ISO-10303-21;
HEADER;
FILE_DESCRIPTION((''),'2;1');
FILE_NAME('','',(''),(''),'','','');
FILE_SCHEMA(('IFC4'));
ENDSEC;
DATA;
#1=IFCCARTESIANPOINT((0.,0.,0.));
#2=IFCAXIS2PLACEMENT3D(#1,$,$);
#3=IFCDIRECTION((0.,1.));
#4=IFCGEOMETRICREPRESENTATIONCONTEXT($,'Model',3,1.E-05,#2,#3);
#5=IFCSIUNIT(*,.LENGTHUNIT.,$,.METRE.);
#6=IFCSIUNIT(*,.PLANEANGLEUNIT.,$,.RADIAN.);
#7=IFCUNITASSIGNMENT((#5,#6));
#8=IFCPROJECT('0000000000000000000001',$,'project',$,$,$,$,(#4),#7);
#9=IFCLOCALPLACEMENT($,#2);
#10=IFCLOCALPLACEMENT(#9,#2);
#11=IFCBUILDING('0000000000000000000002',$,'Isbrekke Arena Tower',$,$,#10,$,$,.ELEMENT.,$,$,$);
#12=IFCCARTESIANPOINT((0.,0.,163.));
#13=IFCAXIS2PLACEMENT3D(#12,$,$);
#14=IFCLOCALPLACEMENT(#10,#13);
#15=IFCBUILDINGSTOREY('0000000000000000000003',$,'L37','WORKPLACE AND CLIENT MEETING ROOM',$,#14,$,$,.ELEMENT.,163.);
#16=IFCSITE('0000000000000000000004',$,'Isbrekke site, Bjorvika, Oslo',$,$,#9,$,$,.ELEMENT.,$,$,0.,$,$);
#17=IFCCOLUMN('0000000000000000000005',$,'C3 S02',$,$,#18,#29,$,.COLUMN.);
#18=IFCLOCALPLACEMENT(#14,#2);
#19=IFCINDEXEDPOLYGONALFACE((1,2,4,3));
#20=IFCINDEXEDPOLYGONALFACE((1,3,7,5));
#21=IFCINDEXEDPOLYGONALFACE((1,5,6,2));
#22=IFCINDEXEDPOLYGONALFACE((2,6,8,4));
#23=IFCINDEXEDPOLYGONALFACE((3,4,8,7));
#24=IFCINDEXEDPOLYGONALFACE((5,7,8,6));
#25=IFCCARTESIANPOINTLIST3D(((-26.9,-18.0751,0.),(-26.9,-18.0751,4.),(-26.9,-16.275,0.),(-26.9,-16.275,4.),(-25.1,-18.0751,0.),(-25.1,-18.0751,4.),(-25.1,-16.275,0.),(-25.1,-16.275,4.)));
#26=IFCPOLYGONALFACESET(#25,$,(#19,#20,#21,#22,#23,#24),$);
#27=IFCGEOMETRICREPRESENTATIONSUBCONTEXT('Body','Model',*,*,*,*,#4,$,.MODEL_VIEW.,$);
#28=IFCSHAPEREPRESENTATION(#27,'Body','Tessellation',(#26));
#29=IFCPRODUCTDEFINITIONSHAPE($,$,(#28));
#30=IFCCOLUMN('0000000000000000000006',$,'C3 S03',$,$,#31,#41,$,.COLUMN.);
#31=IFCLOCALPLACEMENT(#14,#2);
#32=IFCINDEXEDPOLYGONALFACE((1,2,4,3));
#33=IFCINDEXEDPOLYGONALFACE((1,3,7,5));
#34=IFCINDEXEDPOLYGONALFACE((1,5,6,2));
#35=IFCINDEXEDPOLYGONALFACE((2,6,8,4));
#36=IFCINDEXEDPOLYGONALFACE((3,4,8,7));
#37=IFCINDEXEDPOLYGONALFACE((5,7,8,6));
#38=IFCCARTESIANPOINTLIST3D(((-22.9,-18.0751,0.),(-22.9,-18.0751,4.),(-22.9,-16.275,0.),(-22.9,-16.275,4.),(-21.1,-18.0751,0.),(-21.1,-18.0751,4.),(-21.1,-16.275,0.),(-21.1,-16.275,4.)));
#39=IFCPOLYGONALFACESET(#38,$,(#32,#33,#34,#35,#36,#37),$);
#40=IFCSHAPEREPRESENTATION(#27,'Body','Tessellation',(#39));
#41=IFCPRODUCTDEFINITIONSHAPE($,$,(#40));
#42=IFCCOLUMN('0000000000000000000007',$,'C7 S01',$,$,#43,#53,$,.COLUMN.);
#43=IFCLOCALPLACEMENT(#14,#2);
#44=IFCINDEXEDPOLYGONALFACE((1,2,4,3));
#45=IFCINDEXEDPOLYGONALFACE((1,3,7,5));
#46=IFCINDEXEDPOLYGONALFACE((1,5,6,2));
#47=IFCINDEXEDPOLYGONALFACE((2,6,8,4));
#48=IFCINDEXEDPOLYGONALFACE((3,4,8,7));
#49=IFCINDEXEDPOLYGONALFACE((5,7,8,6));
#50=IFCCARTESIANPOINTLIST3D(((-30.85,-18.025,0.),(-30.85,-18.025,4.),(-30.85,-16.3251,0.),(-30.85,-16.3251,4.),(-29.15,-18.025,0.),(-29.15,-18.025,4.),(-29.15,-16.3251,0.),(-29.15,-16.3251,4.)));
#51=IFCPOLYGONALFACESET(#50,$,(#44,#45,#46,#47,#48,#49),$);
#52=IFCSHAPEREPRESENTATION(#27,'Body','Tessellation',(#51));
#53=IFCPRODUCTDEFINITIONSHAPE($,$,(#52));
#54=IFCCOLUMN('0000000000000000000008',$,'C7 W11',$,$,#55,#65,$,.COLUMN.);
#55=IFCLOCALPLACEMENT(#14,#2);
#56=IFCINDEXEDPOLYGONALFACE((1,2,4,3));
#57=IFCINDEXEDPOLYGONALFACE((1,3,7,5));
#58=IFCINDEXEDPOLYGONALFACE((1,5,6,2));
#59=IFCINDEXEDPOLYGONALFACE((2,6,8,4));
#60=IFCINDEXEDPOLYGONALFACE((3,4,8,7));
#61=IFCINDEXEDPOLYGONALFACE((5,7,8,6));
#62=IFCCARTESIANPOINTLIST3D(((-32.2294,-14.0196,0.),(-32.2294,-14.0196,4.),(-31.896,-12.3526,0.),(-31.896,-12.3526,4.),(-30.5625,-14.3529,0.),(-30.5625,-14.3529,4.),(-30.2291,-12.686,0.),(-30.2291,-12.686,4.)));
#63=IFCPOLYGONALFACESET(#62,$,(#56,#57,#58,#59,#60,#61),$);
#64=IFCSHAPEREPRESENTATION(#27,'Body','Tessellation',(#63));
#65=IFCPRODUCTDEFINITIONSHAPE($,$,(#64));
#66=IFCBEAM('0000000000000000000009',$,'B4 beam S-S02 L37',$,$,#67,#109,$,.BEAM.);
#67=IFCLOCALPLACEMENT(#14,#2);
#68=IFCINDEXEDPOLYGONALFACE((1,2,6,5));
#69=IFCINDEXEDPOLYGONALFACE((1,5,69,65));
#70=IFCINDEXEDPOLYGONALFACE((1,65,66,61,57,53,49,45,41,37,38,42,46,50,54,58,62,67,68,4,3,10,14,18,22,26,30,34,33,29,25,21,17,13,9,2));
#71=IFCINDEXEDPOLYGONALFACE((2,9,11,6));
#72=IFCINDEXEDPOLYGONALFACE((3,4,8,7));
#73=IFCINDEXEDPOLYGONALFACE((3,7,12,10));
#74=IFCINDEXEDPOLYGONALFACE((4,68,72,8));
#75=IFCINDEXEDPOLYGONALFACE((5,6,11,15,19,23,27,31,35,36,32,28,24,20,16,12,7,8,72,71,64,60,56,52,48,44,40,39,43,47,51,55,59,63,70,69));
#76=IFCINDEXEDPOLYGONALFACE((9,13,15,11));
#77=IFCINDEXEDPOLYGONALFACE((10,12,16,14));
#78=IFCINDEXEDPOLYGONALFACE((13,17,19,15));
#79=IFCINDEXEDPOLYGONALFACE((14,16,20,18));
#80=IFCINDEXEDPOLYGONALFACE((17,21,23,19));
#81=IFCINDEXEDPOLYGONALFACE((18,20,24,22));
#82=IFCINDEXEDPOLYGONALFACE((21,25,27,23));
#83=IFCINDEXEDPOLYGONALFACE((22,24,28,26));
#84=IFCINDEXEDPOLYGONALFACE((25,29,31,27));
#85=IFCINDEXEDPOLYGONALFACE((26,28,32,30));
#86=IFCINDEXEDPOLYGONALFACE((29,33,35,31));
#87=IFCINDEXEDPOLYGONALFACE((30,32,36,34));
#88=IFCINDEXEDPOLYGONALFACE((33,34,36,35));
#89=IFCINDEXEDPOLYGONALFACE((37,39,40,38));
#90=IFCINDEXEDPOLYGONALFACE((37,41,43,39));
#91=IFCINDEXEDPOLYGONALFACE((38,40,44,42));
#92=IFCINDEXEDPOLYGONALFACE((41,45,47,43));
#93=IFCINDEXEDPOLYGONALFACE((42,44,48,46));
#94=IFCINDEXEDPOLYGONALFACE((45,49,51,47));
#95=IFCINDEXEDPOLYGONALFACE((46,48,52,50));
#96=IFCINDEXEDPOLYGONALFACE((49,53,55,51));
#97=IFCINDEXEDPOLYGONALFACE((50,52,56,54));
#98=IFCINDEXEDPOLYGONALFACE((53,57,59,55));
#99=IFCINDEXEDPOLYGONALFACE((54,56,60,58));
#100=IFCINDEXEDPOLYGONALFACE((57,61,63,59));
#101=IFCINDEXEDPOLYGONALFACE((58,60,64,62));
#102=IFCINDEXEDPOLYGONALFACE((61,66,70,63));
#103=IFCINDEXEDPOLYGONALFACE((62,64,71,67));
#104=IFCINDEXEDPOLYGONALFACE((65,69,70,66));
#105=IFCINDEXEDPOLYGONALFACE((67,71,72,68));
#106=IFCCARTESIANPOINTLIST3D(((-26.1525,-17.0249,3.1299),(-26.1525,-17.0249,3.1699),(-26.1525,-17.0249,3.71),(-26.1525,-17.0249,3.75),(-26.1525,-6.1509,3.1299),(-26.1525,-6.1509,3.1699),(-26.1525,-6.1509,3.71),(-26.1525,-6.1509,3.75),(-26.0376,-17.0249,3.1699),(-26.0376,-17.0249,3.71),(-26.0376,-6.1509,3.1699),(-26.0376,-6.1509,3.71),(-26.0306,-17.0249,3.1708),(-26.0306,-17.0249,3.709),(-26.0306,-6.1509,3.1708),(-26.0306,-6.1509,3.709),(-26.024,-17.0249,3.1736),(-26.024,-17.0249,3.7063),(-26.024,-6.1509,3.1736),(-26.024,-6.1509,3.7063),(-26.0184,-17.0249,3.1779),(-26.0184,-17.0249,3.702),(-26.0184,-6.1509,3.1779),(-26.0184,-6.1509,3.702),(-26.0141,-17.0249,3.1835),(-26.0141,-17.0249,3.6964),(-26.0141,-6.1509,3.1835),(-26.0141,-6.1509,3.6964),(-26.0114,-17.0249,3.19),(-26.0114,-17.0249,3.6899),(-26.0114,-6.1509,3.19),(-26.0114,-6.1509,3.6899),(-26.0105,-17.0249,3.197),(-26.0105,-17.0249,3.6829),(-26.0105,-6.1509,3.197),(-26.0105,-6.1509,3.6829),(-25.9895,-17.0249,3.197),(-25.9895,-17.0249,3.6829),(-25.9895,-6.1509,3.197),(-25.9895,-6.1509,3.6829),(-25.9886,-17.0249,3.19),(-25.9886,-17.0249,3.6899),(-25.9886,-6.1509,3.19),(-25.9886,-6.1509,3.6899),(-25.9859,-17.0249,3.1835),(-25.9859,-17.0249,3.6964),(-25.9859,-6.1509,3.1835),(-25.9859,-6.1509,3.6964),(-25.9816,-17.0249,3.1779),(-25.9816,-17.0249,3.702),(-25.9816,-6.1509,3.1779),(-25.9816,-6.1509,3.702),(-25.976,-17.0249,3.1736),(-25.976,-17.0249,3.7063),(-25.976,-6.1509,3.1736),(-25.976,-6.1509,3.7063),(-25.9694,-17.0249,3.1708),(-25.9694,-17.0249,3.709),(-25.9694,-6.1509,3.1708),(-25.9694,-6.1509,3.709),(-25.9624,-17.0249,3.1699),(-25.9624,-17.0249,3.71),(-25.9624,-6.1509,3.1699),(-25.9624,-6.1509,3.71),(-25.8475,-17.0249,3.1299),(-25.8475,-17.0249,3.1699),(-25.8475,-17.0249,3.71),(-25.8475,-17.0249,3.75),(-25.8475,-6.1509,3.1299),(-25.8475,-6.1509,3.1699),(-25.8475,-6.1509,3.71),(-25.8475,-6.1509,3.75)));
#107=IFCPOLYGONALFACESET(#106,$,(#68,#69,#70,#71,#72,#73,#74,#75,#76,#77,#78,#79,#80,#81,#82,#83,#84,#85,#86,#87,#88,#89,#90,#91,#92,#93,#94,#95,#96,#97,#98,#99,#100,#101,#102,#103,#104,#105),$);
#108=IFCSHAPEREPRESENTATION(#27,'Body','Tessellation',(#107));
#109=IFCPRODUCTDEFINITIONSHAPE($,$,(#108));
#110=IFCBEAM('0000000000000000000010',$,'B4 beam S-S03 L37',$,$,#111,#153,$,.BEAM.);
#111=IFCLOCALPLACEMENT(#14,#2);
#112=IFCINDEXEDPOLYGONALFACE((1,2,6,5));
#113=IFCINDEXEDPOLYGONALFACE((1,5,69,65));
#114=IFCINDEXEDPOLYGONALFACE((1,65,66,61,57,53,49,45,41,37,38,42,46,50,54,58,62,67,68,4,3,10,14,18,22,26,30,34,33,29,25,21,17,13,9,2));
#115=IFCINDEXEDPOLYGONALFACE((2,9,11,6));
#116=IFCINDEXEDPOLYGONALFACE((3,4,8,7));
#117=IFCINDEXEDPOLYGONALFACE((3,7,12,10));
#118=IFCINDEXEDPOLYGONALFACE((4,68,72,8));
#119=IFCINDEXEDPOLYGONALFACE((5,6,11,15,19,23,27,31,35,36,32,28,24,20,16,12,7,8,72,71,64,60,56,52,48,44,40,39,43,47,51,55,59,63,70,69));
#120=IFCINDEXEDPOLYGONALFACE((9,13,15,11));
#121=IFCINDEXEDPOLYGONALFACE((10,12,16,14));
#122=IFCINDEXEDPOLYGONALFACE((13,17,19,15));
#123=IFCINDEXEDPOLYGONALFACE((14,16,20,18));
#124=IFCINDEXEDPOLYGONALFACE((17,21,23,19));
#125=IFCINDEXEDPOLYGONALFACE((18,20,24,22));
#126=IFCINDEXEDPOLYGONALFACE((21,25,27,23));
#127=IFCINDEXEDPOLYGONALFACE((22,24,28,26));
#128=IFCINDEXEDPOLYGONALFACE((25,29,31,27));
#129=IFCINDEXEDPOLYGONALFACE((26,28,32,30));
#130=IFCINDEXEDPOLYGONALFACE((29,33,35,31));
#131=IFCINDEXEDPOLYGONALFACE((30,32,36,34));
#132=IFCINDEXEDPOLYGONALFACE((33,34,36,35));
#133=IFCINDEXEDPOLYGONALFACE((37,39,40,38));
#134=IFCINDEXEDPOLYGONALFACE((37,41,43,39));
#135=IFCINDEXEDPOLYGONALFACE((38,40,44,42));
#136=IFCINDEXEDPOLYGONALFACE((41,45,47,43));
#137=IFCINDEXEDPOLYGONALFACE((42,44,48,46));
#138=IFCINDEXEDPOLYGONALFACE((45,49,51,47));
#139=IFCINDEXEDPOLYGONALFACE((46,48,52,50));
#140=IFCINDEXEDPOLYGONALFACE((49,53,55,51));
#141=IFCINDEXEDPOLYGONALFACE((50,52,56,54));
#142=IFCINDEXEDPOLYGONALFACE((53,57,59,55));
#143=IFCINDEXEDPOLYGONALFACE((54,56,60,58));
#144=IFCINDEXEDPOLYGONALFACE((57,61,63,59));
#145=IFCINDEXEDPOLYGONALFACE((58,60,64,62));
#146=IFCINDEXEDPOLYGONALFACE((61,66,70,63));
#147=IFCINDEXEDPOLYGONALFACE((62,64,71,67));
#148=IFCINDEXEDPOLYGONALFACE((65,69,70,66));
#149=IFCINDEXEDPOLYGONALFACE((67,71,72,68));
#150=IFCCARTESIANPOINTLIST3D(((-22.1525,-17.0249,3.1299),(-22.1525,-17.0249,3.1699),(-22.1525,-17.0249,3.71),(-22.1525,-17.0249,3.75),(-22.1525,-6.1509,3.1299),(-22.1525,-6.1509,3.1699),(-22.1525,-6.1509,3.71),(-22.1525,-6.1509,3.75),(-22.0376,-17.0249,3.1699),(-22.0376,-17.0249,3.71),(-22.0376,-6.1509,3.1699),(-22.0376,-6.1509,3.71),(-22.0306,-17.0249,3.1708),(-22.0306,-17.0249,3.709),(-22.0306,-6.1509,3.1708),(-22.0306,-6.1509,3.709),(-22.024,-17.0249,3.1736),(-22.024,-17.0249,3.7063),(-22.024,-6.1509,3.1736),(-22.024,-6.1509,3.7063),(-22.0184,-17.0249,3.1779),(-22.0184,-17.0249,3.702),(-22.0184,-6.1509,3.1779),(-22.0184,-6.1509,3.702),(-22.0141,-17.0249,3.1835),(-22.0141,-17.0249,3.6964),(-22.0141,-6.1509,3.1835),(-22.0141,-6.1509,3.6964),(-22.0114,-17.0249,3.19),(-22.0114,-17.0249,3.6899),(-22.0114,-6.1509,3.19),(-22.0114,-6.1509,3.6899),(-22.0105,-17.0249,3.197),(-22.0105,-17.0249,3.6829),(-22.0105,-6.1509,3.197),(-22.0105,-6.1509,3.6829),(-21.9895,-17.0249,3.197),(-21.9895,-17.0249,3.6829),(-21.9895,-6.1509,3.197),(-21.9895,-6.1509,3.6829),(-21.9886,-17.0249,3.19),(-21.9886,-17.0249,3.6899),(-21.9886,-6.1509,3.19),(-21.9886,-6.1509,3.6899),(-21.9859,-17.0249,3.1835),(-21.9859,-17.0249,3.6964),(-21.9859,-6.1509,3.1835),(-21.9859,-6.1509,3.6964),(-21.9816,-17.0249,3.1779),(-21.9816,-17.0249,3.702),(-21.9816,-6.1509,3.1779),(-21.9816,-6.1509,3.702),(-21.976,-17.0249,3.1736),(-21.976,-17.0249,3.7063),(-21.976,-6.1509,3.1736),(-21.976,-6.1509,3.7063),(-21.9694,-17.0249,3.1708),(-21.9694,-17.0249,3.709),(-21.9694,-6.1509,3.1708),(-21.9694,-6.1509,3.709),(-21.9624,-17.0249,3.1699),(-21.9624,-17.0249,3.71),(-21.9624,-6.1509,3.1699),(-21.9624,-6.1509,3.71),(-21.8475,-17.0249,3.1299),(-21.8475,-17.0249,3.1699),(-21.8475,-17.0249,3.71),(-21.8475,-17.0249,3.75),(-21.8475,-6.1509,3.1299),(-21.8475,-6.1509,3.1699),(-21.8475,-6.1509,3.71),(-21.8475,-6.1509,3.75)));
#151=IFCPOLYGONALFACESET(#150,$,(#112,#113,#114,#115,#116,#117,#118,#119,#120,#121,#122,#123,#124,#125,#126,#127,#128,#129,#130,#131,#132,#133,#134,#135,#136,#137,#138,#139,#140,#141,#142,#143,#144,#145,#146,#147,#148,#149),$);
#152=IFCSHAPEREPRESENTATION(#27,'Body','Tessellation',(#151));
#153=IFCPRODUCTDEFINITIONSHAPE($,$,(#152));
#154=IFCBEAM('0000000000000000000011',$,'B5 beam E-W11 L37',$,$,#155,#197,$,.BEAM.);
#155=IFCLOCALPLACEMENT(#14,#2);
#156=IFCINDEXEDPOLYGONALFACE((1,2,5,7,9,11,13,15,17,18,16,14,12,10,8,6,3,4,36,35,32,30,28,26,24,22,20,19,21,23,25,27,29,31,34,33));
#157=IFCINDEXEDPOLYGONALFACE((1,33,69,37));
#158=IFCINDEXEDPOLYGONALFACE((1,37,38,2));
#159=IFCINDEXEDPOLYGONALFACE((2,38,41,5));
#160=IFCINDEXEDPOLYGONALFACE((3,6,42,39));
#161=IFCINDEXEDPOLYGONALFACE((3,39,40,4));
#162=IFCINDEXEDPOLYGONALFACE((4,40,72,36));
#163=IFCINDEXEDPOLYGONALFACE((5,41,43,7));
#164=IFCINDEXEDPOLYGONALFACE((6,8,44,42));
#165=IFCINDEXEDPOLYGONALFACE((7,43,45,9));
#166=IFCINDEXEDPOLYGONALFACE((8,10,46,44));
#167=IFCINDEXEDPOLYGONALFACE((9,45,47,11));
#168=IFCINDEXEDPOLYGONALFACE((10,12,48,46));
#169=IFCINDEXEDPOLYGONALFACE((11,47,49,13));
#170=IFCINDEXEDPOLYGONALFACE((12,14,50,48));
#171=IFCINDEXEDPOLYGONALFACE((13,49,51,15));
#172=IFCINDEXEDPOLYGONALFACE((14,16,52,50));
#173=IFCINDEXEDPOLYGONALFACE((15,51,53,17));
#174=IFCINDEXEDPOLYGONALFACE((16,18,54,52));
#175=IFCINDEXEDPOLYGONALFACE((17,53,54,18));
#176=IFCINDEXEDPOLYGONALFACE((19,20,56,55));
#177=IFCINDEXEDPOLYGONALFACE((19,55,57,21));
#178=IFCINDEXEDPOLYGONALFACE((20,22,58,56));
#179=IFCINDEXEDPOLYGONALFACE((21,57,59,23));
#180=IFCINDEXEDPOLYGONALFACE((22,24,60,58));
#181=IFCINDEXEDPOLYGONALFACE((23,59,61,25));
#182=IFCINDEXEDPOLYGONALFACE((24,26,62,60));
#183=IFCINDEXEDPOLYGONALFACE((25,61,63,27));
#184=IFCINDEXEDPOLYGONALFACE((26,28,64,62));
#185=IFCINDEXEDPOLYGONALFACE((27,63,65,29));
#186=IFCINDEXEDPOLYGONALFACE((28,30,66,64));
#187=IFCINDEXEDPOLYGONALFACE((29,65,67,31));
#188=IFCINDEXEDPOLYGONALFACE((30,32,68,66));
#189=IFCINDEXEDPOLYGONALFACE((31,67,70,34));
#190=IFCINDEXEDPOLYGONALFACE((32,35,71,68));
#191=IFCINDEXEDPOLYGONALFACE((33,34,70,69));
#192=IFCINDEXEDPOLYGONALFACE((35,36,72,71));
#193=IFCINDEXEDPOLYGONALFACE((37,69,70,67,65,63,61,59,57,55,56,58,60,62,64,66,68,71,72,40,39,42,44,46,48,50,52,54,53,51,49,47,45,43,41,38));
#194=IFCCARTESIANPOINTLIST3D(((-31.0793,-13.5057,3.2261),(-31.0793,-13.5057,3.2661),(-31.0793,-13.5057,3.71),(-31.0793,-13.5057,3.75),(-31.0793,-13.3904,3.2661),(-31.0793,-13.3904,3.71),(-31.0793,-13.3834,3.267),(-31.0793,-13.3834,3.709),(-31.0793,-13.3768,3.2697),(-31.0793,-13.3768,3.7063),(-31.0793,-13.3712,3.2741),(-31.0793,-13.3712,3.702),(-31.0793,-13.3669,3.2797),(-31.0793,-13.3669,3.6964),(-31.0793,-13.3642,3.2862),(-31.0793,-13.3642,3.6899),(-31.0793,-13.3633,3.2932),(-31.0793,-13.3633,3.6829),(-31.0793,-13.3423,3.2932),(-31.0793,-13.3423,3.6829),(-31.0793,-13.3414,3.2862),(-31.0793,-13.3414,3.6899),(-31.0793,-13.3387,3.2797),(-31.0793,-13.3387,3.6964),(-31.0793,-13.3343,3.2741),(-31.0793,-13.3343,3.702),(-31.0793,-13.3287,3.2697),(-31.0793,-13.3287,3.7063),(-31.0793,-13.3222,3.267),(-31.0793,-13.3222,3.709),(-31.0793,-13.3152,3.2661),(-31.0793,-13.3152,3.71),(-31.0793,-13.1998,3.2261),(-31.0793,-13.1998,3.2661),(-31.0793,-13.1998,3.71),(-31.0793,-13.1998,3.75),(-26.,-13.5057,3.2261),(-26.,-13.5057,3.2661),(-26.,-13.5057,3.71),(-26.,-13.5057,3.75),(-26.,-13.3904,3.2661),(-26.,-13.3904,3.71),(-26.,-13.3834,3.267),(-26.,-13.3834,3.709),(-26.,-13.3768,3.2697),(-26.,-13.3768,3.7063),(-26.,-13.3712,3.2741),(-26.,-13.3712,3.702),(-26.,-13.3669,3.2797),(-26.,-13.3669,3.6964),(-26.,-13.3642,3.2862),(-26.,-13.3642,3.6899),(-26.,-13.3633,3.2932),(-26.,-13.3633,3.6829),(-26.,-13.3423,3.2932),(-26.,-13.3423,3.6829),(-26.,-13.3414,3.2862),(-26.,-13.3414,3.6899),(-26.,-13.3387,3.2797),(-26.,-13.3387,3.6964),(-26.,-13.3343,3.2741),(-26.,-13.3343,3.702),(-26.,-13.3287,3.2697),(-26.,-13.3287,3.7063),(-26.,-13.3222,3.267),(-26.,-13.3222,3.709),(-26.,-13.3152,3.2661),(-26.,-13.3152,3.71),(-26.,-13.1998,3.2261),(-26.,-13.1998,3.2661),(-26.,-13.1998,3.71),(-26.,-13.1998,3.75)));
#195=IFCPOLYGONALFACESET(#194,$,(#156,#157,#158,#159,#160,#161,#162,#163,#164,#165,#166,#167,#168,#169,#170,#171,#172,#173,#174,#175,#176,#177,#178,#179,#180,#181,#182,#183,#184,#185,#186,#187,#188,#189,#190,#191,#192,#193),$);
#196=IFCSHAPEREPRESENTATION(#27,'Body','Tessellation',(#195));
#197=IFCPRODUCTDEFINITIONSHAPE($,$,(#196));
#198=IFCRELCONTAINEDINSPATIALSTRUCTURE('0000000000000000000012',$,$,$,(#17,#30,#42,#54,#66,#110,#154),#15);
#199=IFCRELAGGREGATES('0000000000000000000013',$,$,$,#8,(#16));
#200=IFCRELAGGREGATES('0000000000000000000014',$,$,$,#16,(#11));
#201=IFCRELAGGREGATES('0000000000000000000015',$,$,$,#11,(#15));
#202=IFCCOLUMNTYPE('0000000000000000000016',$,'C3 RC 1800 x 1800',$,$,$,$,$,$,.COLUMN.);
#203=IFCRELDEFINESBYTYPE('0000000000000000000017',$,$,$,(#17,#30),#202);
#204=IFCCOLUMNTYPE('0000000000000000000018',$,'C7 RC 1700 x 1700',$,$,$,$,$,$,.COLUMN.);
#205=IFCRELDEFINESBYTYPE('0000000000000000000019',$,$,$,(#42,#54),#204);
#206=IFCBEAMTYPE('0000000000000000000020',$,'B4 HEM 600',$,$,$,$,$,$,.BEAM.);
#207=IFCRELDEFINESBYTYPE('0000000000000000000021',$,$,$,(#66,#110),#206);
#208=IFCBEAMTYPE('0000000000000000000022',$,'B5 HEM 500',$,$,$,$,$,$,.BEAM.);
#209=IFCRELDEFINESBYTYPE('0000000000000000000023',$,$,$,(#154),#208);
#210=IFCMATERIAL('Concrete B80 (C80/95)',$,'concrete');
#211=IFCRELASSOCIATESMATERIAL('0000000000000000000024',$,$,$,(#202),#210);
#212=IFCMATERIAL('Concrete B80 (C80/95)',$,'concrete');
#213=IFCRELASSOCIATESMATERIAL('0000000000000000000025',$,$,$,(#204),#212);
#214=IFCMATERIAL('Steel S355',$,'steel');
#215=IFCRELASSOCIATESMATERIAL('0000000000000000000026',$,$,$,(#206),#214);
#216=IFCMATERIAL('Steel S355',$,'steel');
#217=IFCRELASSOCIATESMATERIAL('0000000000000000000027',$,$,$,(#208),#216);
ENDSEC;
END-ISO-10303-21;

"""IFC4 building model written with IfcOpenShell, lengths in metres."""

from ifc_helpers import new_model, si_unit, direction, frame, origin, origin_2d, place, context, subcontext, project, spatial, rectangle, i_section, extrude, material, material_profile, profile_set, type_object, element, save


model = new_model("IFC4")

# Units and contexts
model_context = context("Model", 3, precision=1e-05, world=origin(), true_north=direction((0.0, 1.0)))
body_context = subcontext(model_context, "Body", "Model", "MODEL_VIEW")
ifc_project = project(units=[si_unit("LENGTHUNIT", "METRE"), si_unit("PLANEANGLEUNIT", "RADIAN")], contexts=[model_context])

# Site, building, storey
site_placement = place(None, origin())
site = spatial("IfcSite", under=ifc_project, at=site_placement, Name="Isbrekke site, Bjorvika, Oslo", CompositionType="ELEMENT", RefElevation=0.0)
building_placement = place(site_placement, origin())
building = spatial("IfcBuilding", under=site, at=building_placement, Name="Isbrekke Arena Tower", CompositionType="ELEMENT")
storey_placement = place(building_placement, frame((0.0, 0.0, 163.0)))
storey = spatial("IfcBuildingStorey", under=building, at=storey_placement, Name="L37", Description="WORKPLACE AND CLIENT MEETING ROOM", CompositionType="ELEMENT", Elevation=163.0)

# Columns
ifc_material_1 = material(Name="Concrete B80 (C80/95)", Category="concrete")
ifc_material_profile_1 = material_profile(ifc_material_1, rectangle(XDim=1.8, YDim=1.8, at=origin_2d()), Name="RC 1800x1800")
ifc_profile_set_1 = profile_set([ifc_material_profile_1], Name="Concrete B80 (C80/95)")
column_type_1 = type_object("IfcColumnType", Name="C3 RC 1800 x 1800", PredefinedType="COLUMN", material=ifc_profile_set_1)
for number, where, z_axis, x_axis, name in (
    (1, (-26.0, -17.175, 0.0), (0.0, 0.0, 1.0), (1.0, 0.0, 0.0), "C3 S02"),
    (2, (-22.0, -17.175, 0.0), (0.0, 0.0, 1.0), (1.0, 0.0, 0.0), "C3 S03"),
):
    element("IfcColumn", number, at=place(storey_placement, frame(where, z_axis=z_axis, x_axis=x_axis)), inside=storey, type_object=column_type_1, Name=name, PredefinedType="COLUMN", context=body_context, shape_type="SweptSolid", body=[
        extrude(rectangle(XDim=1.8, YDim=1.8, at=origin_2d()), origin(), (0.0, 0.0, 1.0), 4.0),
    ])
ifc_material_2 = material(Name="Concrete B80 (C80/95)", Category="concrete")
ifc_material_profile_2 = material_profile(ifc_material_2, rectangle(XDim=1.7, YDim=1.7, at=origin_2d()), Name="RC 1700x1700")
ifc_profile_set_2 = profile_set([ifc_material_profile_2], Name="Concrete B80 (C80/95)")
column_type_2 = type_object("IfcColumnType", Name="C7 RC 1700 x 1700", PredefinedType="COLUMN", material=ifc_profile_set_2)
for number, where, z_axis, x_axis, name in (
    (3, (-30.0, -17.175, 0.0), (0.0, 0.0, 1.0), (1.0, 0.0, 0.0), "C7 S01"),
    (4, (-31.2292, -13.3528, 0.0), (0.0, 0.0, 1.0), (-0.196116, -0.980581, 0.0), "C7 W11"),
):
    element("IfcColumn", number, at=place(storey_placement, frame(where, z_axis=z_axis, x_axis=x_axis)), inside=storey, type_object=column_type_2, Name=name, PredefinedType="COLUMN", context=body_context, shape_type="SweptSolid", body=[
        extrude(rectangle(XDim=1.7, YDim=1.7, at=origin_2d()), origin(), (0.0, 0.0, 1.0), 4.0),
    ])

# Beams
ifc_material_3 = material(Name="Steel S355", Category="steel")
ifc_material_profile_3 = material_profile(ifc_material_3, i_section(OverallWidth=0.3049, OverallDepth=0.6201, WebThickness=0.021, FlangeThickness=0.04, FilletRadius=0.0271, at=origin_2d()), Name="HEM 600")
ifc_profile_set_3 = profile_set([ifc_material_profile_3], Name="Steel S355")
beam_type_1 = type_object("IfcBeamType", Name="B4 HEM 600", PredefinedType="BEAM", material=ifc_profile_set_3)
for number, where, z_axis, x_axis, name in (
    (5, (-26.0, -17.0249, 3.4399), (0.0, 1.0, 0.0), (-1.0, 0.0, 0.0), "B4 beam S-S02 L37"),
    (6, (-22.0, -17.0249, 3.4399), (0.0, 1.0, 0.0), (-1.0, 0.0, 0.0), "B4 beam S-S03 L37"),
):
    element("IfcBeam", number, at=place(storey_placement, frame(where, z_axis=z_axis, x_axis=x_axis)), inside=storey, type_object=beam_type_1, Name=name, PredefinedType="BEAM", context=body_context, shape_type="SweptSolid", body=[
        extrude(i_section(OverallWidth=0.3049, OverallDepth=0.6201, WebThickness=0.021, FlangeThickness=0.04, FilletRadius=0.0271, at=origin_2d()), origin(), (0.0, 0.0, 1.0), 10.874),
    ])
ifc_material_4 = material(Name="Steel S355", Category="steel")
ifc_material_profile_4 = material_profile(ifc_material_4, i_section(OverallWidth=0.3059, OverallDepth=0.5239, WebThickness=0.021, FlangeThickness=0.04, FilletRadius=0.0271, at=origin_2d()), Name="HEM 500")
ifc_profile_set_4 = profile_set([ifc_material_profile_4], Name="Steel S355")
beam_type_2 = type_object("IfcBeamType", Name="B5 HEM 500", PredefinedType="BEAM", material=ifc_profile_set_4)
beam_1_placement = place(storey_placement, frame((-31.0793, -13.3528, 3.488), z_axis=(1.0, 0.0, 0.0), x_axis=(0.0, 1.0, 0.0)))
element("IfcBeam", 7, at=beam_1_placement, inside=storey, type_object=beam_type_2, Name="B5 beam E-W11 L37", PredefinedType="BEAM", context=body_context, shape_type="SweptSolid", body=[
    extrude(i_section(OverallWidth=0.3059, OverallDepth=0.5239, WebThickness=0.021, FlangeThickness=0.04, FilletRadius=0.0271, at=origin_2d()), origin(), (0.0, 0.0, 1.0), 5.0793),
])

save(model, "model.ifc")
